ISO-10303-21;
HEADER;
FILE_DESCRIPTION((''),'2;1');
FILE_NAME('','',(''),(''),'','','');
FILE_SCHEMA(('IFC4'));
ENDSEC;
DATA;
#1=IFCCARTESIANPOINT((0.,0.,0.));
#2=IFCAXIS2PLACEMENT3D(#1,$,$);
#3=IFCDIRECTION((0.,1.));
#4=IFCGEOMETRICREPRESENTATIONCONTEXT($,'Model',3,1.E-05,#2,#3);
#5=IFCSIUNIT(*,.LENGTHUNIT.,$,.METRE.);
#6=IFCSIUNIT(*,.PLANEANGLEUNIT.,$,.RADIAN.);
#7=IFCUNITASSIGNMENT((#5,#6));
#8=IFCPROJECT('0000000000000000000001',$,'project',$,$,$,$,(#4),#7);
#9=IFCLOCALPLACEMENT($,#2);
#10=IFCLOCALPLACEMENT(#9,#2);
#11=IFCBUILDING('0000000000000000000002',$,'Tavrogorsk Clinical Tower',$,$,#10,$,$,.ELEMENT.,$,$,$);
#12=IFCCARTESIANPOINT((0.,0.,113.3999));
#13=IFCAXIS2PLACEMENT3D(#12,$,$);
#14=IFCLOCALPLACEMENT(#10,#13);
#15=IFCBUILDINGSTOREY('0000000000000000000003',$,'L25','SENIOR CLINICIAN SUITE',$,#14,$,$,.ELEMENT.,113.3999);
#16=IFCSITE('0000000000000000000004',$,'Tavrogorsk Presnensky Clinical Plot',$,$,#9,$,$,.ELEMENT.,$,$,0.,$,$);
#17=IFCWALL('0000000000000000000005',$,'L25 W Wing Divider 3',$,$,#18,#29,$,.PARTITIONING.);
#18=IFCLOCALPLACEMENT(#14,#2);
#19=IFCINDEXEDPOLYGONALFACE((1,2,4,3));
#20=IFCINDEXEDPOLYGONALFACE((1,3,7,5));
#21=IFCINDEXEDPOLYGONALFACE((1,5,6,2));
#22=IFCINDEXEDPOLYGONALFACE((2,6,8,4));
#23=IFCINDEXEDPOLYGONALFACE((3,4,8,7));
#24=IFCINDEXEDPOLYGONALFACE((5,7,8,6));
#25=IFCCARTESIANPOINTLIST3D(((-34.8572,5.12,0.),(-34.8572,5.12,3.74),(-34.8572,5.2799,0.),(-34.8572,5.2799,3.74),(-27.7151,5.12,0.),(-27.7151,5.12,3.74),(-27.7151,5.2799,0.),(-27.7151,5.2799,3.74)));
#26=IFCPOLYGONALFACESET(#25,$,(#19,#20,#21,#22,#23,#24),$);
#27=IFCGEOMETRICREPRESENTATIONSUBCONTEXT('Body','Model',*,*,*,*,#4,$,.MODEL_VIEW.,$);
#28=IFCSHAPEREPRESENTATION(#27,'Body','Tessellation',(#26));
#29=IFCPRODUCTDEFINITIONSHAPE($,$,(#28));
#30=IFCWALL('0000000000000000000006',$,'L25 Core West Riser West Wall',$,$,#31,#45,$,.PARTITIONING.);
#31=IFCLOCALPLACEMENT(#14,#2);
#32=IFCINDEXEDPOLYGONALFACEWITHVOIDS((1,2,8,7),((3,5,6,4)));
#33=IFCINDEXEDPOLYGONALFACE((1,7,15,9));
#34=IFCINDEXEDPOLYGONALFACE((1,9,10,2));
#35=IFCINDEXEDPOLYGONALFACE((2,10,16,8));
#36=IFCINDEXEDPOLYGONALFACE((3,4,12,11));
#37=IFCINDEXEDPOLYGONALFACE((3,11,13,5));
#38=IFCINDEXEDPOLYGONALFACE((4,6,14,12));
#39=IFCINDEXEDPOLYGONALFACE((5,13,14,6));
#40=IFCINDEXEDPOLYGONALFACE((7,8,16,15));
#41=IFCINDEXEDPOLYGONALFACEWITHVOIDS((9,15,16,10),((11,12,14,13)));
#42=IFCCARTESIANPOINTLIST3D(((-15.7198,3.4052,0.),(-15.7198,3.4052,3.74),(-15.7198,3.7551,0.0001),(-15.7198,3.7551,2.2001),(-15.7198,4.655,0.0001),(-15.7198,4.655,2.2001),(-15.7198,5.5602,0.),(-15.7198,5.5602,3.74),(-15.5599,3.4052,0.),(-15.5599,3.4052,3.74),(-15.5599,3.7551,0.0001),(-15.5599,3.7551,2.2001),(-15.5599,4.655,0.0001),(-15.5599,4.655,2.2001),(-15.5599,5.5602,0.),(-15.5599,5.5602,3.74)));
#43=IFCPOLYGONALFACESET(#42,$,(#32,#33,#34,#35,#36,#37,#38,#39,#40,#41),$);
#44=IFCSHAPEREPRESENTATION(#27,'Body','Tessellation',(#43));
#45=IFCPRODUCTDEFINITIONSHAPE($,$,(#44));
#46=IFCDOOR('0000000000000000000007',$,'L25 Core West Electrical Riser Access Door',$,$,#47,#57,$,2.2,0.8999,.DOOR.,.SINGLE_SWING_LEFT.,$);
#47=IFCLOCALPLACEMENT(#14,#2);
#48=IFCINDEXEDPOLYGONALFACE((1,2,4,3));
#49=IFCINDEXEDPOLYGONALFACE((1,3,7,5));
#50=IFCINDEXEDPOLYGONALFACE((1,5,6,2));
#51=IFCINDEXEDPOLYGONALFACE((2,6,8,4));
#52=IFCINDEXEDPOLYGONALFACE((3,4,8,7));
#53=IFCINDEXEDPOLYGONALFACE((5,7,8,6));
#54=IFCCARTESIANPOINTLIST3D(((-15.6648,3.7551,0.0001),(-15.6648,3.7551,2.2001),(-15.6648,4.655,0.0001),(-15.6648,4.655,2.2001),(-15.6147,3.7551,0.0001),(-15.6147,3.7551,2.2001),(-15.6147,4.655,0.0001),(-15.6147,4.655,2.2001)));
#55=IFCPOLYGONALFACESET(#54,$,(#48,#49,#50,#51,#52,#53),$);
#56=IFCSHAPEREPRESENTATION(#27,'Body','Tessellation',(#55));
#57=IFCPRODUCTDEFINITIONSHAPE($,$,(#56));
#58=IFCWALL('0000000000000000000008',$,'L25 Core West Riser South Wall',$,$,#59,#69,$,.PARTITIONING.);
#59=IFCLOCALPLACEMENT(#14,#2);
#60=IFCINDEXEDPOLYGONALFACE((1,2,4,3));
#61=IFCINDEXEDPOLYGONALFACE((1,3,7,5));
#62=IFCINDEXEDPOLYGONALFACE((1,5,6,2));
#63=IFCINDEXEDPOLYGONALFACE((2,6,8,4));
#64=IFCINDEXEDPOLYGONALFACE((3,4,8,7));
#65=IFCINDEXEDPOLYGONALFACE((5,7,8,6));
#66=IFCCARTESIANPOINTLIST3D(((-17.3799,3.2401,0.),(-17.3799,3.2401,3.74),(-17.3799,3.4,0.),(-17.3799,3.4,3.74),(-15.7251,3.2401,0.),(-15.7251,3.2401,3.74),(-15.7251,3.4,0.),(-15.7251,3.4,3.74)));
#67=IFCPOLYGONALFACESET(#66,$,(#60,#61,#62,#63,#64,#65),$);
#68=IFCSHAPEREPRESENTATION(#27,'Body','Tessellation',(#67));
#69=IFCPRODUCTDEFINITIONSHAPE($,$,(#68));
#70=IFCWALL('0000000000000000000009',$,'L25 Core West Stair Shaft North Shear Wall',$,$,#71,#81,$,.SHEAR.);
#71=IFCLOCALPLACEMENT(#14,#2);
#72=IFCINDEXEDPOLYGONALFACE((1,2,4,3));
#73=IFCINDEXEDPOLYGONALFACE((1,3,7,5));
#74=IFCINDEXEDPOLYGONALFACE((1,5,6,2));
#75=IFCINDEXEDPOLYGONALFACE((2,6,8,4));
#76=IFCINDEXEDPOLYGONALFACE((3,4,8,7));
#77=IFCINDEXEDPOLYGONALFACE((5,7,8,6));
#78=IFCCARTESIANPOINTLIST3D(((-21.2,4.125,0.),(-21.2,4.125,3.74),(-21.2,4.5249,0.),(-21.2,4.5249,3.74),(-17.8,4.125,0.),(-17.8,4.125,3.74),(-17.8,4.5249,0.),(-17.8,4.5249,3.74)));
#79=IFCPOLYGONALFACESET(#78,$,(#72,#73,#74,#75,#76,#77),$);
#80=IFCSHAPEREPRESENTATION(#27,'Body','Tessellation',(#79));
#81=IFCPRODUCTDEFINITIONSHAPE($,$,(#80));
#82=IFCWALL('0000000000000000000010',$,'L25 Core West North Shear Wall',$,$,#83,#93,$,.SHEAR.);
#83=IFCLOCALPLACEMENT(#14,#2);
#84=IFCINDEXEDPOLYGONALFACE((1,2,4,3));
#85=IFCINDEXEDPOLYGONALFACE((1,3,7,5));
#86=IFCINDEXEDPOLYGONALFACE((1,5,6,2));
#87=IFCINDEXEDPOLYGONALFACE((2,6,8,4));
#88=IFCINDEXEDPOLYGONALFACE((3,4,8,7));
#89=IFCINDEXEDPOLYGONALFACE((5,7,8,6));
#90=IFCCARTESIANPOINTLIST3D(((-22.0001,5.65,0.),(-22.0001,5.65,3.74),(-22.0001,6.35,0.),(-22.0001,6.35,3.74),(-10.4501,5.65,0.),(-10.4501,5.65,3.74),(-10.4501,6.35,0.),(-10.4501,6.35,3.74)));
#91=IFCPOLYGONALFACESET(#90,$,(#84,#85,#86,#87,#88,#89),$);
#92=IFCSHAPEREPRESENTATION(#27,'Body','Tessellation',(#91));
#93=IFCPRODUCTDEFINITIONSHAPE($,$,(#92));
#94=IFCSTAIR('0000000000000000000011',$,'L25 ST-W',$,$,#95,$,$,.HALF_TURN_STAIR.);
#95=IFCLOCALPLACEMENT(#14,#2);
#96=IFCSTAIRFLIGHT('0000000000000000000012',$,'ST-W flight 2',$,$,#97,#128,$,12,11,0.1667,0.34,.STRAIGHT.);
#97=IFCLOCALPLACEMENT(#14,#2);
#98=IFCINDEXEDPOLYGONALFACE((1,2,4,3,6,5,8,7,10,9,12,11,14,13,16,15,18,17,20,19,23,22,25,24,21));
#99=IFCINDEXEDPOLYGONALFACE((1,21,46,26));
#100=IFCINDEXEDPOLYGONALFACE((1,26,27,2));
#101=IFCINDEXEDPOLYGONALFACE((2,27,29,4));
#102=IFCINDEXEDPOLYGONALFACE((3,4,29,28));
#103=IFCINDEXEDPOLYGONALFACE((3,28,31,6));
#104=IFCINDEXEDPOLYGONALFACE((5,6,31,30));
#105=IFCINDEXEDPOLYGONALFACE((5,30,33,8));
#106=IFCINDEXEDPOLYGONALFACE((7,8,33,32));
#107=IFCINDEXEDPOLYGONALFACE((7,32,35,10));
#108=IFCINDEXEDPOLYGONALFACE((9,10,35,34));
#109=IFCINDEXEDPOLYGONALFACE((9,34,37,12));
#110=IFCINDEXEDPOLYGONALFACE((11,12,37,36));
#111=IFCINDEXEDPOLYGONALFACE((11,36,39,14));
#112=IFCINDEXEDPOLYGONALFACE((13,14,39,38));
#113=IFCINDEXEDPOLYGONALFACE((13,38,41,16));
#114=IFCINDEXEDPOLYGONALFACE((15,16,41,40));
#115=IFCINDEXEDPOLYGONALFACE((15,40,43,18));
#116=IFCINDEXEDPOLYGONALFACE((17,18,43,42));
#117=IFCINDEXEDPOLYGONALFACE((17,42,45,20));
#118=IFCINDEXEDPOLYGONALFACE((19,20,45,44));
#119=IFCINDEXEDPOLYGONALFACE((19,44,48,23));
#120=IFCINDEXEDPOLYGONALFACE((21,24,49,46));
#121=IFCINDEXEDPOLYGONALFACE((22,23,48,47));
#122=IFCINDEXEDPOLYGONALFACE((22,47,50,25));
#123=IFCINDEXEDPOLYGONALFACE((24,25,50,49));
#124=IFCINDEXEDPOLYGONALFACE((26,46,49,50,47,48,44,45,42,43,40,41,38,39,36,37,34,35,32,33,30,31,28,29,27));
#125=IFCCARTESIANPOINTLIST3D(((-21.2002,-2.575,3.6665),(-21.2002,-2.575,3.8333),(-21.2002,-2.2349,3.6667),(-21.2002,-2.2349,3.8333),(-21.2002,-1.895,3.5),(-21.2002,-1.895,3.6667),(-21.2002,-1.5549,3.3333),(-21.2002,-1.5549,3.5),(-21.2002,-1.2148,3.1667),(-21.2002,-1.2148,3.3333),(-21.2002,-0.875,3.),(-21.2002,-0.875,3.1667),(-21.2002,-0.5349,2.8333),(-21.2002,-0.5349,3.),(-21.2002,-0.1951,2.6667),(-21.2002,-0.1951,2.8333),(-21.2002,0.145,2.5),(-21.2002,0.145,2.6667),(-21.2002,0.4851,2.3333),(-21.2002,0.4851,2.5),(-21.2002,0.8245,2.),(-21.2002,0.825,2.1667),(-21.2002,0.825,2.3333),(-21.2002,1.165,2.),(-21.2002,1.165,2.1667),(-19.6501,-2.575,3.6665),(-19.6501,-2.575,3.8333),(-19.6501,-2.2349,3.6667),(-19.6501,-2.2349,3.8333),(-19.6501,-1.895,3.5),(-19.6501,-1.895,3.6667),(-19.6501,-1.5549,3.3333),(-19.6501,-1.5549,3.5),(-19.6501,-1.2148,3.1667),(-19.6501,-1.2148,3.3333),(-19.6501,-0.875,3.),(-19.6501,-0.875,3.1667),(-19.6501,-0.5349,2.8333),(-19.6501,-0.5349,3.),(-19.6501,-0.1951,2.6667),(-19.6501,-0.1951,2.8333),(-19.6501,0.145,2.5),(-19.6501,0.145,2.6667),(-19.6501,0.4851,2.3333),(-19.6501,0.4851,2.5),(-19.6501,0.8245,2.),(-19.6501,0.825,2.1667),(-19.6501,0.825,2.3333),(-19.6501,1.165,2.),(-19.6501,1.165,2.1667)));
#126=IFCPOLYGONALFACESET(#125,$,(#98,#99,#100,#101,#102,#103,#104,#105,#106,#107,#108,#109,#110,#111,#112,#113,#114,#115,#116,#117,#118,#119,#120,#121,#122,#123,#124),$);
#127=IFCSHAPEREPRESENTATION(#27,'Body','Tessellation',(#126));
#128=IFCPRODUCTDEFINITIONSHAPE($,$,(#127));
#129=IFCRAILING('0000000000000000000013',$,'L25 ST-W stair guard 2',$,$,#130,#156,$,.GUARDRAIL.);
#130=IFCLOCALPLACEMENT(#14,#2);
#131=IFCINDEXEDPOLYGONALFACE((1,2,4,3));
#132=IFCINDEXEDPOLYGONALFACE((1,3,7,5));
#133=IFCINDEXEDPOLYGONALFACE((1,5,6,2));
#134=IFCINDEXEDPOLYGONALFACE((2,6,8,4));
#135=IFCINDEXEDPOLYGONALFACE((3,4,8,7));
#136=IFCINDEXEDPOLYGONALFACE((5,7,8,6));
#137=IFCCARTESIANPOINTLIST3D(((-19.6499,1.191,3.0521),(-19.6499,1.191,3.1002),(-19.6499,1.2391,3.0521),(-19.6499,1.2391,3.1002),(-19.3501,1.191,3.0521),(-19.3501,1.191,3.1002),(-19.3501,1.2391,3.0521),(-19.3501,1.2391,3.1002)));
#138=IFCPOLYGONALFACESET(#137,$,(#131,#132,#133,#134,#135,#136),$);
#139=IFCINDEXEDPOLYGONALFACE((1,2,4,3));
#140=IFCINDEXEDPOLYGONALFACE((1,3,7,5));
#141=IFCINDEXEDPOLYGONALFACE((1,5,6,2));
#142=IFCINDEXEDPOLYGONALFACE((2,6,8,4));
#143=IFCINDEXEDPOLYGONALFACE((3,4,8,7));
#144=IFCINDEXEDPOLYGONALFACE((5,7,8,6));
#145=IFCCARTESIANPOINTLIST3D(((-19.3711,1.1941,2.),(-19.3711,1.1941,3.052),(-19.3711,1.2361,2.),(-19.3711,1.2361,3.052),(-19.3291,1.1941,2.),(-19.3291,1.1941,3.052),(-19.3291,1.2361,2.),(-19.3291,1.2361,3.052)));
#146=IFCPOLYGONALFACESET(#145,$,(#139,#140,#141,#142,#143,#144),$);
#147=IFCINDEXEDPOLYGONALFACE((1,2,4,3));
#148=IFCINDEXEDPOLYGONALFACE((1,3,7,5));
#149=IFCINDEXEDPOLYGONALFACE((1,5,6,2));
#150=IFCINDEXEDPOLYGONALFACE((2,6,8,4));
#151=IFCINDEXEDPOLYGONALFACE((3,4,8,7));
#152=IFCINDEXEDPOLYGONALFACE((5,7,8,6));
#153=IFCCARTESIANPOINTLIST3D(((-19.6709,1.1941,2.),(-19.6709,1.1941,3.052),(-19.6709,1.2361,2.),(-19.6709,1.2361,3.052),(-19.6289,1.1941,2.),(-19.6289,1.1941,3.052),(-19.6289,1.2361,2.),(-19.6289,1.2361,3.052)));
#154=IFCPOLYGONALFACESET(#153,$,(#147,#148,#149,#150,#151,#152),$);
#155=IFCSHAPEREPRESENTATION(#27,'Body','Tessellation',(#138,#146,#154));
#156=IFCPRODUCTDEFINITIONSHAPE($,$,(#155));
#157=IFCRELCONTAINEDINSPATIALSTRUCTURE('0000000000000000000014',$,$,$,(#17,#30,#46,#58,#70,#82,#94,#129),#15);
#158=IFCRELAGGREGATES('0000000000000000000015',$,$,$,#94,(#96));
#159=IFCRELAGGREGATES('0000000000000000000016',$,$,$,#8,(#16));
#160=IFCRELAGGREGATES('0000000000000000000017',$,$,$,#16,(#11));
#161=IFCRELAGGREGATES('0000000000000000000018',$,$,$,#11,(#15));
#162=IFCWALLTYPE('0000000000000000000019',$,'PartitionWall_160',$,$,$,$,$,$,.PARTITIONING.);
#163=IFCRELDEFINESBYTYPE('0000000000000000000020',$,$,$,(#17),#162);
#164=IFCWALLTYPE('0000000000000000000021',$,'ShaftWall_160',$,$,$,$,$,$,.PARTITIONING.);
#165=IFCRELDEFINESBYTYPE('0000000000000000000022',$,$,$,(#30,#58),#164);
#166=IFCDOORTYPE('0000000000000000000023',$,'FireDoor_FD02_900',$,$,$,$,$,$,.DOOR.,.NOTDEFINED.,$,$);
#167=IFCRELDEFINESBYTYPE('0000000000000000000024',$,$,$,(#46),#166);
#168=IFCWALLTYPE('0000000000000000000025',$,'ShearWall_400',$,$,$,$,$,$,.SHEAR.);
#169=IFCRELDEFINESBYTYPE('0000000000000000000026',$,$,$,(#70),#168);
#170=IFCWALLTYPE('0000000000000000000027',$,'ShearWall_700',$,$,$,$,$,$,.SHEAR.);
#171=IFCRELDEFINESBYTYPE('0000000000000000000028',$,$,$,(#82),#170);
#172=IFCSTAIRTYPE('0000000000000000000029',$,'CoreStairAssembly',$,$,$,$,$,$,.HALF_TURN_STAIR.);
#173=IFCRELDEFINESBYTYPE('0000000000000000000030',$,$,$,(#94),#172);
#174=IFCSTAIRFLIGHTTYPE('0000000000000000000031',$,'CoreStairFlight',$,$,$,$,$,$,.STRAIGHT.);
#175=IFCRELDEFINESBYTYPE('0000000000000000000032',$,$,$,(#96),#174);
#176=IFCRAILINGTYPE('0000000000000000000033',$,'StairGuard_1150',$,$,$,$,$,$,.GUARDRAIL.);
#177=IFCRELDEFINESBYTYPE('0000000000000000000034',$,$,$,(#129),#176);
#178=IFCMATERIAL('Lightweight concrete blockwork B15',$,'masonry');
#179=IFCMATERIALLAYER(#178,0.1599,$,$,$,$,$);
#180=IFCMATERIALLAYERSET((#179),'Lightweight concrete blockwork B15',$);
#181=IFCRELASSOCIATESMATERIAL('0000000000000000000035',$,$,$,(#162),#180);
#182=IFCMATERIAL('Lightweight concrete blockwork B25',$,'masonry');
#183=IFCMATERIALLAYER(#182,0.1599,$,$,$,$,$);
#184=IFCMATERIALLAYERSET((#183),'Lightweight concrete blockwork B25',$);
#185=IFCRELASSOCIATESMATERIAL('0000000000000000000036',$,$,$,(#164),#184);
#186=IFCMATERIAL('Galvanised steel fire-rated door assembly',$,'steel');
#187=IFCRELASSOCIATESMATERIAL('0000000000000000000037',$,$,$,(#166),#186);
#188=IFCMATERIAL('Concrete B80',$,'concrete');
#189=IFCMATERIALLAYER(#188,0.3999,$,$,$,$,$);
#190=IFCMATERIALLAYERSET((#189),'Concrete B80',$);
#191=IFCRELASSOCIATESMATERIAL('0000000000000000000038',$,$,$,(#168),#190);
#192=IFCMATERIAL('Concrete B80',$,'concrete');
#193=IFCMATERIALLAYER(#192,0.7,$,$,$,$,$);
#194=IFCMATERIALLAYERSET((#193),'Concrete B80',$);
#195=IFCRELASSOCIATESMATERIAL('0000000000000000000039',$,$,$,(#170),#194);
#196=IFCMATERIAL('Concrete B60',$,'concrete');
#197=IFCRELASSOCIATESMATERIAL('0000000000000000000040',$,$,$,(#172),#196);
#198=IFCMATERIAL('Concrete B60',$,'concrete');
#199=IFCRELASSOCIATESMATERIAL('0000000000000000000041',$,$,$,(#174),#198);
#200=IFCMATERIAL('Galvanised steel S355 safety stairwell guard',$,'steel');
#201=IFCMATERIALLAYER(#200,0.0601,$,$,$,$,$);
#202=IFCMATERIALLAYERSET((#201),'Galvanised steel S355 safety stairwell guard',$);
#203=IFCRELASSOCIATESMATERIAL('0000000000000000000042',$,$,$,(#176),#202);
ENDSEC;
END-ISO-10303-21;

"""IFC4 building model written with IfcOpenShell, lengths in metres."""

from ifc_helpers import new_model, si_unit, direction, frame, frame_2d, origin, origin_2d, place, context, subcontext, project, spatial, polyline, rectangle, outline, extrude, material, layer, layer_set, type_object, element, fill, aggregate, save


model = new_model("IFC4")

# Units and contexts
model_context = context("Model", 3, precision=1e-05, world=origin(), true_north=direction((0.0, 1.0)))
body_context = subcontext(model_context, "Body", "Model", "MODEL_VIEW")
ifc_project = project(units=[si_unit("LENGTHUNIT", "METRE"), si_unit("PLANEANGLEUNIT", "RADIAN")], contexts=[model_context])

# Site, building, storey
site_placement = place(None, origin())
site = spatial("IfcSite", under=ifc_project, at=site_placement, Name="Tavrogorsk Presnensky Clinical Plot", CompositionType="ELEMENT", RefElevation=0.0)
building_placement = place(site_placement, origin())
building = spatial("IfcBuilding", under=site, at=building_placement, Name="Tavrogorsk Clinical Tower", CompositionType="ELEMENT")
storey_placement = place(building_placement, frame((0.0, 0.0, 113.3999)))
storey = spatial("IfcBuildingStorey", under=building, at=storey_placement, Name="L25", Description="SENIOR CLINICIAN SUITE", CompositionType="ELEMENT", Elevation=113.3999)

# Shared definitions
ifc_material_1 = material(Name="Lightweight concrete blockwork B15", Category="masonry")
ifc_layer_1 = layer(ifc_material_1, 0.1599)
ifc_layer_set_1 = layer_set([ifc_layer_1], Name="Lightweight concrete blockwork B15")
wall_type_1 = type_object("IfcWallType", Name="PartitionWall_160", PredefinedType="PARTITIONING", material=ifc_layer_set_1)

# Wall
wall_1_placement = place(storey_placement, frame((-34.8572, 5.2, 0.0), z_axis=(0.0, 0.0, 1.0), x_axis=(1.0, 0.0, 0.0)))
element("IfcWall", 1, at=wall_1_placement, inside=storey, type_object=wall_type_1, Name="L25 W Wing Divider 3", PredefinedType="PARTITIONING", context=body_context, shape_type="SweptSolid", body=[
    extrude(rectangle(XDim=7.1421, YDim=0.1599, at=frame_2d((3.571, 0.0))), origin(), (0.0, 0.0, 1.0), 3.74),
])

# Wall, opening, door
ifc_material_2 = material(Name="Lightweight concrete blockwork B25", Category="masonry")
ifc_layer_2 = layer(ifc_material_2, 0.1599)
ifc_layer_set_2 = layer_set([ifc_layer_2], Name="Lightweight concrete blockwork B25")
wall_type_2 = type_object("IfcWallType", Name="ShaftWall_160", PredefinedType="PARTITIONING", material=ifc_layer_set_2)
wall_2_placement = place(storey_placement, frame((-15.6399, 3.405, 0.0), z_axis=(0.0, 0.0, 1.0), x_axis=(0.0, 1.0, 0.0)))
wall_2 = element("IfcWall", 2, at=wall_2_placement, inside=storey, type_object=wall_type_2, Name="L25 Core West Riser West Wall", PredefinedType="PARTITIONING", context=body_context, shape_type="SweptSolid", body=[
    extrude(rectangle(XDim=2.155, YDim=0.1599, at=frame_2d((1.0776, 0.0))), origin(), (0.0, 0.0, 1.0), 3.74),
])
opening_1_placement = place(wall_2_placement, frame((0.3501, 0.0, 0.0)))
opening_1 = element("IfcOpeningElement", 3, at=opening_1_placement, cuts=wall_2, PredefinedType="OPENING", context=body_context, shape_type="SweptSolid", body=[
    extrude(rectangle(XDim=0.8999, YDim=2.2, at=frame_2d((0.45, 1.1001))), frame((0.0, 0.0898, 0.0), z_axis=(0.0, -1.0, 0.0), x_axis=(1.0, 0.0, 0.0)), (0.0, 0.0, 1.0), 0.1799),
])
ifc_material_3 = material(Name="Galvanised steel fire-rated door assembly", Category="steel")
door_type_1 = type_object("IfcDoorType", Name="FireDoor_FD02_900", OperationType="NOTDEFINED", PredefinedType="DOOR", material=ifc_material_3)
door_1_placement = place(opening_1_placement, origin())
door_1 = element("IfcDoor", 4, at=door_1_placement, inside=storey, type_object=door_type_1, Name="L25 Core West Electrical Riser Access Door", OperationType="SINGLE_SWING_LEFT", OverallHeight=2.2, OverallWidth=0.8999, PredefinedType="DOOR", context=body_context, shape_type="SweptSolid", body=[
    extrude(rectangle(XDim=0.8999, YDim=2.2, at=frame_2d((0.45, 1.1001))), frame((0.0, 0.0249, 0.0), z_axis=(0.0, -1.0, 0.0), x_axis=(1.0, 0.0, 0.0)), (0.0, 0.0, 1.0), 0.05),
])
fill(opening_1, door_1)

# Walls
wall_3_placement = place(storey_placement, frame((-17.3799, 3.3201, 0.0), z_axis=(0.0, 0.0, 1.0), x_axis=(1.0, 0.0, 0.0)))
element("IfcWall", 5, at=wall_3_placement, inside=storey, type_object=wall_type_2, Name="L25 Core West Riser South Wall", PredefinedType="PARTITIONING", context=body_context, shape_type="SweptSolid", body=[
    extrude(rectangle(XDim=1.6548, YDim=0.1599, at=frame_2d((0.8274, 0.0))), origin(), (0.0, 0.0, 1.0), 3.74),
])
ifc_material_4 = material(Name="Concrete B80", Category="concrete")
ifc_layer_3 = layer(ifc_material_4, 0.3999)
ifc_layer_set_3 = layer_set([ifc_layer_3], Name="Concrete B80")
wall_type_3 = type_object("IfcWallType", Name="ShearWall_400", PredefinedType="SHEAR", material=ifc_layer_set_3)
wall_4_placement = place(storey_placement, frame((-21.2, 4.325, 0.0), z_axis=(0.0, 0.0, 1.0), x_axis=(1.0, 0.0, 0.0)))
element("IfcWall", 6, at=wall_4_placement, inside=storey, type_object=wall_type_3, Name="L25 Core West Stair Shaft North Shear Wall", PredefinedType="SHEAR", context=body_context, shape_type="SweptSolid", body=[
    extrude(rectangle(XDim=3.3999, YDim=0.3999, at=frame_2d((1.7, 0.0))), origin(), (0.0, 0.0, 1.0), 3.74),
])
ifc_material_5 = material(Name="Concrete B80", Category="concrete")
ifc_layer_4 = layer(ifc_material_5, 0.7)
ifc_layer_set_4 = layer_set([ifc_layer_4], Name="Concrete B80")
wall_type_4 = type_object("IfcWallType", Name="ShearWall_700", PredefinedType="SHEAR", material=ifc_layer_set_4)
wall_5_placement = place(storey_placement, frame((-22.0, 6.0, 0.0), z_axis=(0.0, 0.0, 1.0), x_axis=(1.0, 0.0, 0.0)))
element("IfcWall", 7, at=wall_5_placement, inside=storey, type_object=wall_type_4, Name="L25 Core West North Shear Wall", PredefinedType="SHEAR", context=body_context, shape_type="SweptSolid", body=[
    extrude(rectangle(XDim=11.55, YDim=0.7, at=frame_2d((5.7749, 0.0))), origin(), (0.0, 0.0, 1.0), 3.74),
])

# Stair, stair flight
ifc_material_6 = material(Name="Concrete B60", Category="concrete")
stair_type = type_object("IfcStairType", Name="CoreStairAssembly", PredefinedType="HALF_TURN_STAIR", material=ifc_material_6)
stair_placement = place(storey_placement, origin())
stair = element("IfcStair", 8, at=stair_placement, inside=storey, type_object=stair_type, Name="L25 ST-W", PredefinedType="HALF_TURN_STAIR")
ifc_material_7 = material(Name="Concrete B60", Category="concrete")
stair_flight_type = type_object("IfcStairFlightType", Name="CoreStairFlight", PredefinedType="STRAIGHT", material=ifc_material_7)
stair_flight_placement = place(storey_placement, frame((-20.425, 1.165, 2.0), z_axis=(0.0, 0.0, 1.0), x_axis=(0.0, -1.0, 0.0)))
stair_flight = element("IfcStairFlight", 9, at=stair_flight_placement, type_object=stair_flight_type, Name="ST-W flight 2", NumberOfRisers=12, NumberOfTreads=11, PredefinedType="STRAIGHT", RiserHeight=0.1667, TreadLength=0.34, context=body_context, shape_type="SweptSolid", body=[
    extrude(outline(polyline([(0.0, 0.0), (0.0, 0.1667), (0.3401, 0.1667), (0.3401, 0.3333), (0.6799, 0.3333), (0.6799, 0.5), (1.02, 0.5), (1.02, 0.6667), (1.3601, 0.6667), (1.3601, 0.8333), (1.7, 0.8333), (1.7, 1.0), (2.04, 1.0), (2.04, 1.1667), (2.3799, 1.1667), (2.3799, 1.3333), (2.72, 1.3333), (2.72, 1.5), (3.0601, 1.5), (3.0601, 1.6667), (3.3999, 1.6667), (3.3999, 1.8333), (3.74, 1.8333), (3.74, 2.0), (3.74, 1.6665), (0.3406, 0.0), (0.0, 0.0)])), frame((0.0, 0.7749, 0.0), z_axis=(0.0, -1.0, 0.0), x_axis=(1.0, 0.0, 0.0)), (0.0, 0.0, 1.0), 1.55),
])
aggregate(stair, [stair_flight])

# Railing
ifc_material_8 = material(Name="Galvanised steel S355 safety stairwell guard", Category="steel")
ifc_layer_5 = layer(ifc_material_8, 0.0601)
ifc_layer_set_5 = layer_set([ifc_layer_5], Name="Galvanised steel S355 safety stairwell guard")
railing_type_1 = type_object("IfcRailingType", Name="StairGuard_1150", PredefinedType="GUARDRAIL", material=ifc_layer_set_5)
railing_1_placement = place(storey_placement, frame((-19.3501, 1.2151, 2.0)))
element("IfcRailing", 10, at=railing_1_placement, inside=storey, type_object=railing_type_1, Name="L25 ST-W stair guard 2", PredefinedType="GUARDRAIL", context=body_context, shape_type="SweptSolid", body=[
    extrude(rectangle(XDim=0.0481, YDim=0.0481, at=origin_2d()), frame((0.0, 0.0, 1.0762), z_axis=(-1.0, 0.0, 0.0), x_axis=(0.0, -1.0, 0.0)), (0.0, 0.0, 1.0), 0.2998),
    extrude(rectangle(XDim=0.042, YDim=0.042, at=origin_2d()), origin(), (0.0, 0.0, 1.0), 1.052),
    extrude(rectangle(XDim=0.042, YDim=0.042, at=origin_2d()), frame((-0.2998, 0.0, 0.0)), (0.0, 0.0, 1.0), 1.052),
])

save(model, "model.ifc")
